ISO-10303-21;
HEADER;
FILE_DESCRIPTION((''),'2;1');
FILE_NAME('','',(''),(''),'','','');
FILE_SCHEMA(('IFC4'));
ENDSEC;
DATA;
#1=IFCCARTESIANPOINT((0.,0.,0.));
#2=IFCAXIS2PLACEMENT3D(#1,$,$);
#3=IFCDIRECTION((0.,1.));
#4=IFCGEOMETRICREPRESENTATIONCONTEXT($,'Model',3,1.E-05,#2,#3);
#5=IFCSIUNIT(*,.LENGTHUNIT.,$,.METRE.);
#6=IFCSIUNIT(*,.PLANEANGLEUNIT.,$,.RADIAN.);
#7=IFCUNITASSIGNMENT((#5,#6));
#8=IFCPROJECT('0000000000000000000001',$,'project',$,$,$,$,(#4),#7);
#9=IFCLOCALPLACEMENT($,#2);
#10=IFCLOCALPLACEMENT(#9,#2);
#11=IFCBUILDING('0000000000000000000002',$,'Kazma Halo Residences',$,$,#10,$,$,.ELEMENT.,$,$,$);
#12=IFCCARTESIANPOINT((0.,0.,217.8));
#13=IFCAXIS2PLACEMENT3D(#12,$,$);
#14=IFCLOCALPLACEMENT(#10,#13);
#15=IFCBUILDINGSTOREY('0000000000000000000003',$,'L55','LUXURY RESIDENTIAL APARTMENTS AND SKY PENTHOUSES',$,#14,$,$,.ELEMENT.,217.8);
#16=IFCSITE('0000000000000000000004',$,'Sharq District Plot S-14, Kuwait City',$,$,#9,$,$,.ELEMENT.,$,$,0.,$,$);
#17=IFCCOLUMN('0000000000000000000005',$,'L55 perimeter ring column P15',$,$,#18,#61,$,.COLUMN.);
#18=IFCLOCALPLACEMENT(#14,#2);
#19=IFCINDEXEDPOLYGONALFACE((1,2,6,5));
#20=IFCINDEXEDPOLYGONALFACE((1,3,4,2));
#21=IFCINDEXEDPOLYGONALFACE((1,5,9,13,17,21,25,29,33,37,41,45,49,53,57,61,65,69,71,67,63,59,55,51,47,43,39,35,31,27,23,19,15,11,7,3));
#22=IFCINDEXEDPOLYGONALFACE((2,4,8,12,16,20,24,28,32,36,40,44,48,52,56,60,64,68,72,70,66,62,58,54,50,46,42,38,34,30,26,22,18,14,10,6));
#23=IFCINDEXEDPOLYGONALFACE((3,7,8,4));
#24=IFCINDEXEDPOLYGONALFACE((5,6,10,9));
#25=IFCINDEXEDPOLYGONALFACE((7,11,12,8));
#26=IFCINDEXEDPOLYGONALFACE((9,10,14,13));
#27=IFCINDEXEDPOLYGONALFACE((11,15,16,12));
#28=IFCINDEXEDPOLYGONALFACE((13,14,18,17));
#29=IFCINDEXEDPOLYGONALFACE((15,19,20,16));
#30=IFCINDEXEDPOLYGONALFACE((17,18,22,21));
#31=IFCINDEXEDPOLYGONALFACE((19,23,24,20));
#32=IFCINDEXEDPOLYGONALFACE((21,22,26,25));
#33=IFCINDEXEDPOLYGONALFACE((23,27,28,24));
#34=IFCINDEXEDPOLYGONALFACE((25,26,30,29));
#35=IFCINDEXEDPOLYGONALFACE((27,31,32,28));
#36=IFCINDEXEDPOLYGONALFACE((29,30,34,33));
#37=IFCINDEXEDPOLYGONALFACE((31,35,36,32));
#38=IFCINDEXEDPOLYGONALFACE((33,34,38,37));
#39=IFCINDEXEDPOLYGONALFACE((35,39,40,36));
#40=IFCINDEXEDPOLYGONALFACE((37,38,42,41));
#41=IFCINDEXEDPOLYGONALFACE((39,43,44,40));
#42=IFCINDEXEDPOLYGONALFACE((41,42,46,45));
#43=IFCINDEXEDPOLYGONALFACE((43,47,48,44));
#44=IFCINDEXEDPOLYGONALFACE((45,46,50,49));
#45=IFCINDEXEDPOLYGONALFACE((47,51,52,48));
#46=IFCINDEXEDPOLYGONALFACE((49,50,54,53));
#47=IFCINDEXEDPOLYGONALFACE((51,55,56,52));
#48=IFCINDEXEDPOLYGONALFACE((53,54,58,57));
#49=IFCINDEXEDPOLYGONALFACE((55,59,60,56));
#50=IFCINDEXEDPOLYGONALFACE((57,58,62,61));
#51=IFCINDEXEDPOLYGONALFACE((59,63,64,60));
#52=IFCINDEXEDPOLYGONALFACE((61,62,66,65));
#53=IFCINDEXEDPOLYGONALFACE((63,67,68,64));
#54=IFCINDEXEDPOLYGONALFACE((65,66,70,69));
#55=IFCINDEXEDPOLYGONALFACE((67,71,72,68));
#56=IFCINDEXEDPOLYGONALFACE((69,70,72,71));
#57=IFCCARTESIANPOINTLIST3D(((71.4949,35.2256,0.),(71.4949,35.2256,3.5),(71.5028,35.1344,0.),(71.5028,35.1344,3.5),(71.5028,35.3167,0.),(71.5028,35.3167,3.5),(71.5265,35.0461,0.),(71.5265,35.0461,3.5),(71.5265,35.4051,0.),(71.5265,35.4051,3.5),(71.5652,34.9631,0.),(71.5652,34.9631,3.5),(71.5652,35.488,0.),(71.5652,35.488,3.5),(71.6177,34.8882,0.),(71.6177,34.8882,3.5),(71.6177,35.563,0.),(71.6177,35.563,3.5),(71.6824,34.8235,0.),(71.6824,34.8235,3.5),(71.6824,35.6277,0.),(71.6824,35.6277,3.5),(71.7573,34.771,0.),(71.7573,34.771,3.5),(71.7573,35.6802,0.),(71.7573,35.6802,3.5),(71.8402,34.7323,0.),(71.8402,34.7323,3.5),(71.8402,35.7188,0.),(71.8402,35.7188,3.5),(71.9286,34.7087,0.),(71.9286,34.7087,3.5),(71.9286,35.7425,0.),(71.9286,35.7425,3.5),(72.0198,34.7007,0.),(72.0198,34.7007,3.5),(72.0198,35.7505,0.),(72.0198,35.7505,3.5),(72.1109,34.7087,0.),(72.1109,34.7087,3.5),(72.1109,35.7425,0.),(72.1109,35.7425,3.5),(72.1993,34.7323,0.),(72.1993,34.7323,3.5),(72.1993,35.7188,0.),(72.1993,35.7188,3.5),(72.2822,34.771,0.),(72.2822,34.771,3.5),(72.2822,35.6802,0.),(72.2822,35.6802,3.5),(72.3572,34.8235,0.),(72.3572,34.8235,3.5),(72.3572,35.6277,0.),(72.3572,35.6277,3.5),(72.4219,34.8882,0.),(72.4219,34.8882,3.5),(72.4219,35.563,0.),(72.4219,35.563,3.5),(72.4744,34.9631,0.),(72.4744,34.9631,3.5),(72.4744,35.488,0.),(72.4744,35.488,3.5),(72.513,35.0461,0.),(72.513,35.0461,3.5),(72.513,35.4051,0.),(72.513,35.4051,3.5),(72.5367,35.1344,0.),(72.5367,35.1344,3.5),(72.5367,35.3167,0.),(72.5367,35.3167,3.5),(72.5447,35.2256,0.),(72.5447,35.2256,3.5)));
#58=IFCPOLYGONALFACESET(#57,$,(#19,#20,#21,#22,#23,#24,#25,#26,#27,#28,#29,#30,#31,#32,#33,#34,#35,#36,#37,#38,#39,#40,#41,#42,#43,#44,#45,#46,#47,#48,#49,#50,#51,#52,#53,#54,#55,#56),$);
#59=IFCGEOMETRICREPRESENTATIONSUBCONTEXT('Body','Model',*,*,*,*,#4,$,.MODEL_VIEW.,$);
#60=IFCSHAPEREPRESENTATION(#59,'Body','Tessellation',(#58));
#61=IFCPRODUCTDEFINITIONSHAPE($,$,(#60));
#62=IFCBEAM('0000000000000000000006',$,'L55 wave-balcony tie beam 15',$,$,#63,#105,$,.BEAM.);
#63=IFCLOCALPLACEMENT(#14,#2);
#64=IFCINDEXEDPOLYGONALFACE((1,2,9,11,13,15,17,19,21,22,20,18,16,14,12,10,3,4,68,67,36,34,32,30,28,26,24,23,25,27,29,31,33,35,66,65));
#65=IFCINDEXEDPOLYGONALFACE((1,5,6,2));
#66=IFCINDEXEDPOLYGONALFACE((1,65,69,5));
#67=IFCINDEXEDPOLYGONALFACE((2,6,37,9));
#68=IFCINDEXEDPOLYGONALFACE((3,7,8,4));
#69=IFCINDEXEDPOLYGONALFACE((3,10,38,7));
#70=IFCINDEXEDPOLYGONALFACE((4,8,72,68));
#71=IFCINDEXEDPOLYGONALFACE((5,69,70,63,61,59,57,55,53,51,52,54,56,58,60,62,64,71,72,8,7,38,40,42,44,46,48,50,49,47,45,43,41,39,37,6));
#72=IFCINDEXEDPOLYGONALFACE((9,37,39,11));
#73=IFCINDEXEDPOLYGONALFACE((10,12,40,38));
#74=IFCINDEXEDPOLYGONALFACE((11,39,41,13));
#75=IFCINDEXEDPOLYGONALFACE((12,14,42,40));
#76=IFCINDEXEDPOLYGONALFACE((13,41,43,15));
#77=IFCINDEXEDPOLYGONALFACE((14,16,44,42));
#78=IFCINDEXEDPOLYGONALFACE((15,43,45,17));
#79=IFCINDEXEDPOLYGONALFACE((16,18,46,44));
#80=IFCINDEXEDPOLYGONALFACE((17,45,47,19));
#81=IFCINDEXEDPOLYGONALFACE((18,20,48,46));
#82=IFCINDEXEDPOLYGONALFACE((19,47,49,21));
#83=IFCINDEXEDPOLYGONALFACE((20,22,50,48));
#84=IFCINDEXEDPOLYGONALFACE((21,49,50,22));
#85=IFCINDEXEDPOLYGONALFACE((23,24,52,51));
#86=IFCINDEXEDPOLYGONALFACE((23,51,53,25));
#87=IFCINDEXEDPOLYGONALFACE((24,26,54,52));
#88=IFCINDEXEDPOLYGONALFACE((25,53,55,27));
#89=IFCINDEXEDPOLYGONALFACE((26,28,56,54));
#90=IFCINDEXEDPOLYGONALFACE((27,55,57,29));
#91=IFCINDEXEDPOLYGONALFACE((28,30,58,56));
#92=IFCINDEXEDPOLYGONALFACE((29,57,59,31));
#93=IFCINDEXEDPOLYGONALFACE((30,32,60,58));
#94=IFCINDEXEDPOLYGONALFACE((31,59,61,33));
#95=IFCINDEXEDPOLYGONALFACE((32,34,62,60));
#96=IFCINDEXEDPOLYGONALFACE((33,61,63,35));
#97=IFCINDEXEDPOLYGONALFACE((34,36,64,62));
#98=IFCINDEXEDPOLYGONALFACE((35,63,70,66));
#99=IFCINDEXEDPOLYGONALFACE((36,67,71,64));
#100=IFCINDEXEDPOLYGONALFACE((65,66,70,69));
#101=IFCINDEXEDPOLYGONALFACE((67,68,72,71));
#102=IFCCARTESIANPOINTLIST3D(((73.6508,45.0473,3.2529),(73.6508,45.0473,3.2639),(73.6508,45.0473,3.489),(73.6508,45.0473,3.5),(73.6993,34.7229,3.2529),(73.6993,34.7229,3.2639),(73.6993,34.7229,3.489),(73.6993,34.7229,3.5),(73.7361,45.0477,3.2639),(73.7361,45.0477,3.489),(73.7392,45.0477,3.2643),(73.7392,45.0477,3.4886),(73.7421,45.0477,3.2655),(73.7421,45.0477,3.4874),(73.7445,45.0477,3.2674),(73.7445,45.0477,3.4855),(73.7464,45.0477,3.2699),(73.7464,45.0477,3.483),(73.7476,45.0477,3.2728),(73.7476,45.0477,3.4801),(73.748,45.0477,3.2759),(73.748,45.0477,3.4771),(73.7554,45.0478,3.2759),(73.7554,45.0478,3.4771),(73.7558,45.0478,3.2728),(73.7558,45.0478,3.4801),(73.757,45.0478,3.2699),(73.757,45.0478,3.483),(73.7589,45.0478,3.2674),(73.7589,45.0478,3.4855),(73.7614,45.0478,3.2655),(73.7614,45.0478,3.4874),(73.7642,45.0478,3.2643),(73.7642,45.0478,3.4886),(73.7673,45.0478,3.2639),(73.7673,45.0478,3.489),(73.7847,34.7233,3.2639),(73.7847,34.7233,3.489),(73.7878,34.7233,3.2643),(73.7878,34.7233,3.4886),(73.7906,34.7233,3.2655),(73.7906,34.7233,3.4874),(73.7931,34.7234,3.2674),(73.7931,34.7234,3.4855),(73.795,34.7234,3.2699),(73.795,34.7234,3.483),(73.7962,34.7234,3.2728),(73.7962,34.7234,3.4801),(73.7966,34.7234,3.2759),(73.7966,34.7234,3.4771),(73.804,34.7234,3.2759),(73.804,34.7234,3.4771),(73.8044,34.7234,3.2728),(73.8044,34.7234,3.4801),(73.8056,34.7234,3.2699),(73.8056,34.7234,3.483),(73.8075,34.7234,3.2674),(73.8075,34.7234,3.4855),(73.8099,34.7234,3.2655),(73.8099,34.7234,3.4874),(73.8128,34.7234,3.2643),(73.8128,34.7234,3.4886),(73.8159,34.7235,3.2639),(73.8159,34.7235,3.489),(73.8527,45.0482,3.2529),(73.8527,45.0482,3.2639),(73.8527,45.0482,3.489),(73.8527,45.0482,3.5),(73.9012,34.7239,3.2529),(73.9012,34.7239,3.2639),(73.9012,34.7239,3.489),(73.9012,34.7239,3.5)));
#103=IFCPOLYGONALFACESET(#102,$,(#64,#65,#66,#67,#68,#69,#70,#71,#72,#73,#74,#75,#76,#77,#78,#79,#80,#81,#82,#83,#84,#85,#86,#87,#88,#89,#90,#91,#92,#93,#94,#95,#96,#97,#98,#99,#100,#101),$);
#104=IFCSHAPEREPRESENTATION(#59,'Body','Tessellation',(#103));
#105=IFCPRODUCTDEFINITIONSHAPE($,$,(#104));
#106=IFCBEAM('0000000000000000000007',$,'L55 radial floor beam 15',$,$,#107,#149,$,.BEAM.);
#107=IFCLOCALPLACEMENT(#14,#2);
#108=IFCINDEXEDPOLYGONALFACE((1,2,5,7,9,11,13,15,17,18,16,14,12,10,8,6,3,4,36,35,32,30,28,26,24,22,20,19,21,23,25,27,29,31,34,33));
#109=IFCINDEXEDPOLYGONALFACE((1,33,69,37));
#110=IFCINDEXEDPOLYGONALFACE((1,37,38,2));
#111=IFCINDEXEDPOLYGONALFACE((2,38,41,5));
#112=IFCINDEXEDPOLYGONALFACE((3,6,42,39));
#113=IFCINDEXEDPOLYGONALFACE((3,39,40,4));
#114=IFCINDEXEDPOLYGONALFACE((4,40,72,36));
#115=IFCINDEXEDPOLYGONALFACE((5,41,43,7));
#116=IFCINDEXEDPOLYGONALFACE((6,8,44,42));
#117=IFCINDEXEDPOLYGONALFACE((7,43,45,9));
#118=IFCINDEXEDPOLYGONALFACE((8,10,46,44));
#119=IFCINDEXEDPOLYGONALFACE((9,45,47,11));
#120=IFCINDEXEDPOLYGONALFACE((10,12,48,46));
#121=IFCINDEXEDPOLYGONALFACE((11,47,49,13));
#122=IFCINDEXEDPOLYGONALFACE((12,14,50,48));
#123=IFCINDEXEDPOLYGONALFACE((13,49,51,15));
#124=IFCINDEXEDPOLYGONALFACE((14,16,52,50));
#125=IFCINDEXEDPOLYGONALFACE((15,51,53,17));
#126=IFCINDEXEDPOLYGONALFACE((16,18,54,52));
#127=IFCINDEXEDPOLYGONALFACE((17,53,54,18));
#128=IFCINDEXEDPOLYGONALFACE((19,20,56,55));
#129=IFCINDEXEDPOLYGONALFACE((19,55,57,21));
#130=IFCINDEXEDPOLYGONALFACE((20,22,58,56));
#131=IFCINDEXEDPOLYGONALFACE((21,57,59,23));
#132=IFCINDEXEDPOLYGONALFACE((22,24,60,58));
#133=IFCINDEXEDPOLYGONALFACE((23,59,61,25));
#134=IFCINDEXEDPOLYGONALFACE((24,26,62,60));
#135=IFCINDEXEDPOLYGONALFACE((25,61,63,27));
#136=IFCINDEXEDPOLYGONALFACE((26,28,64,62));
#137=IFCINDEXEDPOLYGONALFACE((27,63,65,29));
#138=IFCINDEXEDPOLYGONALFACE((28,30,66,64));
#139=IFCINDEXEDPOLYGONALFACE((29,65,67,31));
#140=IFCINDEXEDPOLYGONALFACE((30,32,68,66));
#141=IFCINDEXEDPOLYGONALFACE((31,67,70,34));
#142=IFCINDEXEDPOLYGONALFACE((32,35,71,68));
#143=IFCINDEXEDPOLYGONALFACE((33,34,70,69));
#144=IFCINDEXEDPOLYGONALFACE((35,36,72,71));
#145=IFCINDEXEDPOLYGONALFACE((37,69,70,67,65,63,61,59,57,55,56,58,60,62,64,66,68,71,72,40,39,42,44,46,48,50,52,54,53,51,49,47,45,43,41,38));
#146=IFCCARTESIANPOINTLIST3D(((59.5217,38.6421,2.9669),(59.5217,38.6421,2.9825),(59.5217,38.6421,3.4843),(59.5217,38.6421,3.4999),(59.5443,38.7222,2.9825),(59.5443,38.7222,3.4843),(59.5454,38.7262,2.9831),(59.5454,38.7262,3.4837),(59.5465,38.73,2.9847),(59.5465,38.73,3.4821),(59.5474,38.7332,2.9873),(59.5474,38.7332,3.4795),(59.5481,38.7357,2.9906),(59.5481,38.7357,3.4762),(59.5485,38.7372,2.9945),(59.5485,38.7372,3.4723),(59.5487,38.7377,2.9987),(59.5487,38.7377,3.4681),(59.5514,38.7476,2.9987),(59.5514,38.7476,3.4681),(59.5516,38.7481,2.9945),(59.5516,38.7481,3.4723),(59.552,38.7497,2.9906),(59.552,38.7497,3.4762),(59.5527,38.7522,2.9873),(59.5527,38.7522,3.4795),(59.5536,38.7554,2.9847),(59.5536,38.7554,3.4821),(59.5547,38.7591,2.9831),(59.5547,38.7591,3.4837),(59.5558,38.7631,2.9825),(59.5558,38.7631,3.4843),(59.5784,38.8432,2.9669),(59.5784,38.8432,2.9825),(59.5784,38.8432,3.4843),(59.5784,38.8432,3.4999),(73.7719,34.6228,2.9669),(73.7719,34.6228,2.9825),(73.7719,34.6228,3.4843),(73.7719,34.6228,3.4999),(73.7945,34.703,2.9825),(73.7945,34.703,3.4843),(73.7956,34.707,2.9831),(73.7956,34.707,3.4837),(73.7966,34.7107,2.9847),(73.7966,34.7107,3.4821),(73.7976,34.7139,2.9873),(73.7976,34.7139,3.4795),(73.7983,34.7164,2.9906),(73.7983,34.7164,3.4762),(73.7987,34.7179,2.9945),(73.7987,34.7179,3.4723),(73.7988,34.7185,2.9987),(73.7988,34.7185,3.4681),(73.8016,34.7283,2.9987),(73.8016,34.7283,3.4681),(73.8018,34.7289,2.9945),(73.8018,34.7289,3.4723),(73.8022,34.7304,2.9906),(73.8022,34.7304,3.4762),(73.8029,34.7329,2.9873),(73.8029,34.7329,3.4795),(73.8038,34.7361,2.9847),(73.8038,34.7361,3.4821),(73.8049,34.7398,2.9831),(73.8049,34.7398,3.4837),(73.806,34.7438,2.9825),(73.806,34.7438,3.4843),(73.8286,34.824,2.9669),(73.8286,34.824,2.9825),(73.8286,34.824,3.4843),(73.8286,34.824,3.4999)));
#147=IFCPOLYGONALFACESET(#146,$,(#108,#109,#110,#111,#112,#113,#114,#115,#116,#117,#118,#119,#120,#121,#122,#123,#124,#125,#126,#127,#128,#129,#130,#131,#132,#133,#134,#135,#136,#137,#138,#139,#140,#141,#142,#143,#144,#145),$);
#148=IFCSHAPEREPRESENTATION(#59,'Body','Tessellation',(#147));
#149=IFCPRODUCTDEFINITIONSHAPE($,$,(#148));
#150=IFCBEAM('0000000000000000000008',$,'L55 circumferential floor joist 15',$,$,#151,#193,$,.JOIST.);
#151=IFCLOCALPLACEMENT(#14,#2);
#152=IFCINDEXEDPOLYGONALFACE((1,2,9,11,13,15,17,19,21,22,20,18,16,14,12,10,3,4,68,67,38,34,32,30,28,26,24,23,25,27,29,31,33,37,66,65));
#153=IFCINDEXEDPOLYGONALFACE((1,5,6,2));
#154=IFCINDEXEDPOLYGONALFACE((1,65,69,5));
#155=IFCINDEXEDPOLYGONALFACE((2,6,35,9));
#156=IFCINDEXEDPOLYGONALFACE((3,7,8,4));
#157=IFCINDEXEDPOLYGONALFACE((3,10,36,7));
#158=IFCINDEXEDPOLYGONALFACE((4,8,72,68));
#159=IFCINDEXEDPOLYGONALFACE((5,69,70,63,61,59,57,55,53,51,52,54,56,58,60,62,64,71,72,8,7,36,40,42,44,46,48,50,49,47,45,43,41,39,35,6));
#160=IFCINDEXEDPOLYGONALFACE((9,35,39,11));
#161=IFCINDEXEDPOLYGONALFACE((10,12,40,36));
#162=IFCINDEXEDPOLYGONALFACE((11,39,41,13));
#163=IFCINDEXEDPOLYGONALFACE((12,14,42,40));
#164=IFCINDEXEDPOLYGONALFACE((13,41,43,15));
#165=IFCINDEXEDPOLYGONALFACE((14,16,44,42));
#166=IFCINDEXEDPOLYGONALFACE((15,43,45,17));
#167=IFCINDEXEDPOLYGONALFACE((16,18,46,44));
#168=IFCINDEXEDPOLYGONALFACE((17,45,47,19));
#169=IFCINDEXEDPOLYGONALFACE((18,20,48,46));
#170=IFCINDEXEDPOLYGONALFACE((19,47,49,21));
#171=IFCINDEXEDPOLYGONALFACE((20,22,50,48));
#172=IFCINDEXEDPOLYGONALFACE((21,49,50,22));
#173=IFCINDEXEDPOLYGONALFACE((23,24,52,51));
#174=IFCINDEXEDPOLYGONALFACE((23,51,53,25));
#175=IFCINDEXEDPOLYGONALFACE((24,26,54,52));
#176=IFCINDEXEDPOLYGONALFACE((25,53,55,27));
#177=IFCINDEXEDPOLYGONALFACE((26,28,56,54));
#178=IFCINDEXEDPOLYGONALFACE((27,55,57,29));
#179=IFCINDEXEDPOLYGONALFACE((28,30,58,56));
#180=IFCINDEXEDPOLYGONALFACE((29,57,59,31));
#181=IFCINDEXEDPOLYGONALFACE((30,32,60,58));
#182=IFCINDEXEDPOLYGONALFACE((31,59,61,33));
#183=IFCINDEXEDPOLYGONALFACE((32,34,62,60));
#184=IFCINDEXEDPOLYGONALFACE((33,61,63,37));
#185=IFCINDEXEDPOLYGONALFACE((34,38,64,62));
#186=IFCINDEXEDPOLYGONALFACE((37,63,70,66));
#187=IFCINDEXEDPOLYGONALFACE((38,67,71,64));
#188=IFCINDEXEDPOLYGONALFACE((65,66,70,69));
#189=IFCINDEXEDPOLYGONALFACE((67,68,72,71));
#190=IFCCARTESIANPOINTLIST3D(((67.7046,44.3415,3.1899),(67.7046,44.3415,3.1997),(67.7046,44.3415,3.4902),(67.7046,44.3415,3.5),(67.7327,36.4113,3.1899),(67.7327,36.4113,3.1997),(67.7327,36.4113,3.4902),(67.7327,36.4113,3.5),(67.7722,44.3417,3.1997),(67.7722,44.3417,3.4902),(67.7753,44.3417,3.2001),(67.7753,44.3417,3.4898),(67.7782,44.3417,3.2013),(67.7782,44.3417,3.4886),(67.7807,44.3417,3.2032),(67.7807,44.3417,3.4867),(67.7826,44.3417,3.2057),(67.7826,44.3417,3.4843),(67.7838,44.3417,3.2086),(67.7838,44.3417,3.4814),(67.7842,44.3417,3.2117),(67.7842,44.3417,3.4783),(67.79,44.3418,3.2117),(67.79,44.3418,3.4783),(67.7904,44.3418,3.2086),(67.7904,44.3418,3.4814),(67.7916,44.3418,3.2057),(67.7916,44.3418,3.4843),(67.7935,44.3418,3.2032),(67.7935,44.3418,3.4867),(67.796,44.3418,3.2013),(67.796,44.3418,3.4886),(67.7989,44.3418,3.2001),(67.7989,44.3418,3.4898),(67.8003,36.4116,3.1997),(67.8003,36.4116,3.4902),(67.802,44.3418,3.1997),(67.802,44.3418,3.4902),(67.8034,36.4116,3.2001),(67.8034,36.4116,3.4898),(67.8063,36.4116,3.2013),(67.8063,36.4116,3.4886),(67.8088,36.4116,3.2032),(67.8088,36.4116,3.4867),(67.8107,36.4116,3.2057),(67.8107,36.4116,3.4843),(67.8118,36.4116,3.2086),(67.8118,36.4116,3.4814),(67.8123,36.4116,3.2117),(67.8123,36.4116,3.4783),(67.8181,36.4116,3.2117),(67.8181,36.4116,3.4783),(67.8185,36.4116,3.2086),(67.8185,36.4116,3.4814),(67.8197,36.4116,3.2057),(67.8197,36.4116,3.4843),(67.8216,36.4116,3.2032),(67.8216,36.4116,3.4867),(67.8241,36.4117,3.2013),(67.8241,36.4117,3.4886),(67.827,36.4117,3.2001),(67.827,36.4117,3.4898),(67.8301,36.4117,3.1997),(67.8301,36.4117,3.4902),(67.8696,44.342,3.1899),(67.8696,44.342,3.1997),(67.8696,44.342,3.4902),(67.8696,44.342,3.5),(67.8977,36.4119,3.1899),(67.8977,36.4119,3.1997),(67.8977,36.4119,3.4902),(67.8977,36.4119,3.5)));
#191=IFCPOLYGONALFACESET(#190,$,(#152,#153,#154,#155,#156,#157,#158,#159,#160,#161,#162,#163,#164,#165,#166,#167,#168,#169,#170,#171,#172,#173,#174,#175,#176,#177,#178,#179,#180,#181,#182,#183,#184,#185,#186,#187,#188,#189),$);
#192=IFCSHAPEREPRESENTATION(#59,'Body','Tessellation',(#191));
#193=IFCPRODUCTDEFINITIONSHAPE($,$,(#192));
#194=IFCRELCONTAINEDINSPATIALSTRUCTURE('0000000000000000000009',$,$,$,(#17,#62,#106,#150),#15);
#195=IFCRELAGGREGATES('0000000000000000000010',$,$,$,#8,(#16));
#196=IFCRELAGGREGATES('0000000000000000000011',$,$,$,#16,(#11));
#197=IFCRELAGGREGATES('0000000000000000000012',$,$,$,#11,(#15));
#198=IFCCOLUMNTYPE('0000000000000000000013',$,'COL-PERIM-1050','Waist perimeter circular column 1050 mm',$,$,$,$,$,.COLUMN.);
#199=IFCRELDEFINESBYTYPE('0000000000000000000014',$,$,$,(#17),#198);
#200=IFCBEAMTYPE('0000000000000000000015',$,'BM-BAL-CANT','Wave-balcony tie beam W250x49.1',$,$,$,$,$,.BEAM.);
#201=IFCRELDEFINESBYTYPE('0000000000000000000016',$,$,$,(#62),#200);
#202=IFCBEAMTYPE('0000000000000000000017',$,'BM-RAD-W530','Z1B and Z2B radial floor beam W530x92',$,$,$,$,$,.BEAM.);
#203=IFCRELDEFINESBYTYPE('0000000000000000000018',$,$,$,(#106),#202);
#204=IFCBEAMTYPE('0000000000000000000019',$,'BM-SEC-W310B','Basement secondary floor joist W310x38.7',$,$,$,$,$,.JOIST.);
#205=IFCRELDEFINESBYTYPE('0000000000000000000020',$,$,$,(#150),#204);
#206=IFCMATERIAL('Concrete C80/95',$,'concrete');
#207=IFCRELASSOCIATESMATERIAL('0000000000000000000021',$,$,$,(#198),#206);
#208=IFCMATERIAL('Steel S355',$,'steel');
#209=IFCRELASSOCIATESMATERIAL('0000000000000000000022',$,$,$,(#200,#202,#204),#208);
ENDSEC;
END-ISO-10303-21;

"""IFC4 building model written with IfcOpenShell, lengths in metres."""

from ifc_helpers import new_model, si_unit, direction, frame, origin, origin_2d, place, context, subcontext, project, spatial, circle, i_section, extrude, material, material_profile, profile_set, type_object, element, save


model = new_model("IFC4")

# Units and contexts
model_context = context("Model", 3, precision=1e-05, world=origin(), true_north=direction((0.0, 1.0)))
body_context = subcontext(model_context, "Body", "Model", "MODEL_VIEW")
ifc_project = project(units=[si_unit("LENGTHUNIT", "METRE"), si_unit("PLANEANGLEUNIT", "RADIAN")], contexts=[model_context])

# Site, building, storey
site_placement = place(None, origin())
site = spatial("IfcSite", under=ifc_project, at=site_placement, Name="Sharq District Plot S-14, Kuwait City", CompositionType="ELEMENT", RefElevation=0.0)
building_placement = place(site_placement, origin())
building = spatial("IfcBuilding", under=site, at=building_placement, Name="Kazma Halo Residences", CompositionType="ELEMENT")
storey_placement = place(building_placement, frame((0.0, 0.0, 217.8)))
storey = spatial("IfcBuildingStorey", under=building, at=storey_placement, Name="L55", Description="LUXURY RESIDENTIAL APARTMENTS AND SKY PENTHOUSES", CompositionType="ELEMENT", Elevation=217.8)

# Column
ifc_material_1 = material(Name="Concrete C80/95", Category="concrete")
ifc_material_profile_1 = material_profile(ifc_material_1, circle(Radius=0.5249, at=origin_2d()), Name="CIRC1050")
ifc_profile_set_1 = profile_set([ifc_material_profile_1], Name="Concrete C80/95")
column_type = type_object("IfcColumnType", Name="COL-PERIM-1050", Description="Waist perimeter circular column 1050 mm", PredefinedType="COLUMN", material=ifc_profile_set_1)
column_placement = place(storey_placement, frame((72.0198, 35.2256, 0.0), z_axis=(0.0, 0.0, 1.0), x_axis=(1.0, 0.0, 0.0)))
element("IfcColumn", 1, at=column_placement, inside=storey, type_object=column_type, Name="L55 perimeter ring column P15", PredefinedType="COLUMN", context=body_context, shape_type="SweptSolid", body=[
    extrude(circle(Radius=0.5249, at=origin_2d()), origin(), (0.0, 0.0, 1.0), 3.5),
])

# Beams
ifc_material_2 = material(Name="Steel S355", Category="steel")
ifc_material_profile_2 = material_profile(ifc_material_2, i_section(OverallWidth=0.2019, OverallDepth=0.2471, WebThickness=0.0073, FlangeThickness=0.011, FilletRadius=0.012, at=origin_2d()), Name="W250x49.1")
ifc_profile_set_2 = profile_set([ifc_material_profile_2], Name="Steel S355")
beam_type_1 = type_object("IfcBeamType", Name="BM-BAL-CANT", Description="Wave-balcony tie beam W250x49.1", PredefinedType="BEAM", material=ifc_profile_set_2)
beam_1_placement = place(storey_placement, frame((73.8003, 34.7234, 3.3765), z_axis=(-0.004706, 0.999989, 0.0), x_axis=(-0.999989, -0.004706, 0.0)))
element("IfcBeam", 2, at=beam_1_placement, inside=storey, type_object=beam_type_1, Name="L55 wave-balcony tie beam 15", PredefinedType="BEAM", context=body_context, shape_type="SweptSolid", body=[
    extrude(i_section(OverallWidth=0.2019, OverallDepth=0.2471, WebThickness=0.0073, FlangeThickness=0.011, FilletRadius=0.012, at=origin_2d()), origin(), (0.0, 0.0, 1.0), 10.3245),
])
ifc_material_profile_3 = material_profile(ifc_material_2, i_section(OverallWidth=0.209, OverallDepth=0.533, WebThickness=0.0103, FlangeThickness=0.0156, FilletRadius=0.0161, at=origin_2d()), Name="W530x92")
ifc_profile_set_3 = profile_set([ifc_material_profile_3], Name="Steel S355")
beam_type_2 = type_object("IfcBeamType", Name="BM-RAD-W530", Description="Z1B and Z2B radial floor beam W530x92", PredefinedType="BEAM", material=ifc_profile_set_3)
beam_2_placement = place(storey_placement, frame((59.55, 38.7427, 3.2334), z_axis=(0.96245, -0.271459, 0.0), x_axis=(0.271459, 0.96245, 0.0)))
element("IfcBeam", 3, at=beam_2_placement, inside=storey, type_object=beam_type_2, Name="L55 radial floor beam 15", PredefinedType="BEAM", context=body_context, shape_type="SweptSolid", body=[
    extrude(i_section(OverallWidth=0.209, OverallDepth=0.533, WebThickness=0.0103, FlangeThickness=0.0156, FilletRadius=0.0161, at=origin_2d()), origin(), (0.0, 0.0, 1.0), 14.8062),
])
ifc_material_profile_4 = material_profile(ifc_material_2, i_section(OverallWidth=0.165, OverallDepth=0.3101, WebThickness=0.0059, FlangeThickness=0.0098, FilletRadius=0.012, at=origin_2d()), Name="W310x38.7")
ifc_profile_set_4 = profile_set([ifc_material_profile_4], Name="Steel S355")
beam_type_3 = type_object("IfcBeamType", Name="BM-SEC-W310B", Description="Basement secondary floor joist W310x38.7", PredefinedType="JOIST", material=ifc_profile_set_4)
beam_3_placement = place(storey_placement, frame((67.8152, 36.4116, 3.345), z_axis=(-0.00354, 0.999994, 0.0), x_axis=(-0.999994, -0.00354, 0.0)))
element("IfcBeam", 4, at=beam_3_placement, inside=storey, type_object=beam_type_3, Name="L55 circumferential floor joist 15", PredefinedType="JOIST", context=body_context, shape_type="SweptSolid", body=[
    extrude(i_section(OverallWidth=0.165, OverallDepth=0.3101, WebThickness=0.0059, FlangeThickness=0.0098, FilletRadius=0.012, at=origin_2d()), origin(), (0.0, 0.0, 1.0), 7.9302),
])

save(model, "model.ifc")
